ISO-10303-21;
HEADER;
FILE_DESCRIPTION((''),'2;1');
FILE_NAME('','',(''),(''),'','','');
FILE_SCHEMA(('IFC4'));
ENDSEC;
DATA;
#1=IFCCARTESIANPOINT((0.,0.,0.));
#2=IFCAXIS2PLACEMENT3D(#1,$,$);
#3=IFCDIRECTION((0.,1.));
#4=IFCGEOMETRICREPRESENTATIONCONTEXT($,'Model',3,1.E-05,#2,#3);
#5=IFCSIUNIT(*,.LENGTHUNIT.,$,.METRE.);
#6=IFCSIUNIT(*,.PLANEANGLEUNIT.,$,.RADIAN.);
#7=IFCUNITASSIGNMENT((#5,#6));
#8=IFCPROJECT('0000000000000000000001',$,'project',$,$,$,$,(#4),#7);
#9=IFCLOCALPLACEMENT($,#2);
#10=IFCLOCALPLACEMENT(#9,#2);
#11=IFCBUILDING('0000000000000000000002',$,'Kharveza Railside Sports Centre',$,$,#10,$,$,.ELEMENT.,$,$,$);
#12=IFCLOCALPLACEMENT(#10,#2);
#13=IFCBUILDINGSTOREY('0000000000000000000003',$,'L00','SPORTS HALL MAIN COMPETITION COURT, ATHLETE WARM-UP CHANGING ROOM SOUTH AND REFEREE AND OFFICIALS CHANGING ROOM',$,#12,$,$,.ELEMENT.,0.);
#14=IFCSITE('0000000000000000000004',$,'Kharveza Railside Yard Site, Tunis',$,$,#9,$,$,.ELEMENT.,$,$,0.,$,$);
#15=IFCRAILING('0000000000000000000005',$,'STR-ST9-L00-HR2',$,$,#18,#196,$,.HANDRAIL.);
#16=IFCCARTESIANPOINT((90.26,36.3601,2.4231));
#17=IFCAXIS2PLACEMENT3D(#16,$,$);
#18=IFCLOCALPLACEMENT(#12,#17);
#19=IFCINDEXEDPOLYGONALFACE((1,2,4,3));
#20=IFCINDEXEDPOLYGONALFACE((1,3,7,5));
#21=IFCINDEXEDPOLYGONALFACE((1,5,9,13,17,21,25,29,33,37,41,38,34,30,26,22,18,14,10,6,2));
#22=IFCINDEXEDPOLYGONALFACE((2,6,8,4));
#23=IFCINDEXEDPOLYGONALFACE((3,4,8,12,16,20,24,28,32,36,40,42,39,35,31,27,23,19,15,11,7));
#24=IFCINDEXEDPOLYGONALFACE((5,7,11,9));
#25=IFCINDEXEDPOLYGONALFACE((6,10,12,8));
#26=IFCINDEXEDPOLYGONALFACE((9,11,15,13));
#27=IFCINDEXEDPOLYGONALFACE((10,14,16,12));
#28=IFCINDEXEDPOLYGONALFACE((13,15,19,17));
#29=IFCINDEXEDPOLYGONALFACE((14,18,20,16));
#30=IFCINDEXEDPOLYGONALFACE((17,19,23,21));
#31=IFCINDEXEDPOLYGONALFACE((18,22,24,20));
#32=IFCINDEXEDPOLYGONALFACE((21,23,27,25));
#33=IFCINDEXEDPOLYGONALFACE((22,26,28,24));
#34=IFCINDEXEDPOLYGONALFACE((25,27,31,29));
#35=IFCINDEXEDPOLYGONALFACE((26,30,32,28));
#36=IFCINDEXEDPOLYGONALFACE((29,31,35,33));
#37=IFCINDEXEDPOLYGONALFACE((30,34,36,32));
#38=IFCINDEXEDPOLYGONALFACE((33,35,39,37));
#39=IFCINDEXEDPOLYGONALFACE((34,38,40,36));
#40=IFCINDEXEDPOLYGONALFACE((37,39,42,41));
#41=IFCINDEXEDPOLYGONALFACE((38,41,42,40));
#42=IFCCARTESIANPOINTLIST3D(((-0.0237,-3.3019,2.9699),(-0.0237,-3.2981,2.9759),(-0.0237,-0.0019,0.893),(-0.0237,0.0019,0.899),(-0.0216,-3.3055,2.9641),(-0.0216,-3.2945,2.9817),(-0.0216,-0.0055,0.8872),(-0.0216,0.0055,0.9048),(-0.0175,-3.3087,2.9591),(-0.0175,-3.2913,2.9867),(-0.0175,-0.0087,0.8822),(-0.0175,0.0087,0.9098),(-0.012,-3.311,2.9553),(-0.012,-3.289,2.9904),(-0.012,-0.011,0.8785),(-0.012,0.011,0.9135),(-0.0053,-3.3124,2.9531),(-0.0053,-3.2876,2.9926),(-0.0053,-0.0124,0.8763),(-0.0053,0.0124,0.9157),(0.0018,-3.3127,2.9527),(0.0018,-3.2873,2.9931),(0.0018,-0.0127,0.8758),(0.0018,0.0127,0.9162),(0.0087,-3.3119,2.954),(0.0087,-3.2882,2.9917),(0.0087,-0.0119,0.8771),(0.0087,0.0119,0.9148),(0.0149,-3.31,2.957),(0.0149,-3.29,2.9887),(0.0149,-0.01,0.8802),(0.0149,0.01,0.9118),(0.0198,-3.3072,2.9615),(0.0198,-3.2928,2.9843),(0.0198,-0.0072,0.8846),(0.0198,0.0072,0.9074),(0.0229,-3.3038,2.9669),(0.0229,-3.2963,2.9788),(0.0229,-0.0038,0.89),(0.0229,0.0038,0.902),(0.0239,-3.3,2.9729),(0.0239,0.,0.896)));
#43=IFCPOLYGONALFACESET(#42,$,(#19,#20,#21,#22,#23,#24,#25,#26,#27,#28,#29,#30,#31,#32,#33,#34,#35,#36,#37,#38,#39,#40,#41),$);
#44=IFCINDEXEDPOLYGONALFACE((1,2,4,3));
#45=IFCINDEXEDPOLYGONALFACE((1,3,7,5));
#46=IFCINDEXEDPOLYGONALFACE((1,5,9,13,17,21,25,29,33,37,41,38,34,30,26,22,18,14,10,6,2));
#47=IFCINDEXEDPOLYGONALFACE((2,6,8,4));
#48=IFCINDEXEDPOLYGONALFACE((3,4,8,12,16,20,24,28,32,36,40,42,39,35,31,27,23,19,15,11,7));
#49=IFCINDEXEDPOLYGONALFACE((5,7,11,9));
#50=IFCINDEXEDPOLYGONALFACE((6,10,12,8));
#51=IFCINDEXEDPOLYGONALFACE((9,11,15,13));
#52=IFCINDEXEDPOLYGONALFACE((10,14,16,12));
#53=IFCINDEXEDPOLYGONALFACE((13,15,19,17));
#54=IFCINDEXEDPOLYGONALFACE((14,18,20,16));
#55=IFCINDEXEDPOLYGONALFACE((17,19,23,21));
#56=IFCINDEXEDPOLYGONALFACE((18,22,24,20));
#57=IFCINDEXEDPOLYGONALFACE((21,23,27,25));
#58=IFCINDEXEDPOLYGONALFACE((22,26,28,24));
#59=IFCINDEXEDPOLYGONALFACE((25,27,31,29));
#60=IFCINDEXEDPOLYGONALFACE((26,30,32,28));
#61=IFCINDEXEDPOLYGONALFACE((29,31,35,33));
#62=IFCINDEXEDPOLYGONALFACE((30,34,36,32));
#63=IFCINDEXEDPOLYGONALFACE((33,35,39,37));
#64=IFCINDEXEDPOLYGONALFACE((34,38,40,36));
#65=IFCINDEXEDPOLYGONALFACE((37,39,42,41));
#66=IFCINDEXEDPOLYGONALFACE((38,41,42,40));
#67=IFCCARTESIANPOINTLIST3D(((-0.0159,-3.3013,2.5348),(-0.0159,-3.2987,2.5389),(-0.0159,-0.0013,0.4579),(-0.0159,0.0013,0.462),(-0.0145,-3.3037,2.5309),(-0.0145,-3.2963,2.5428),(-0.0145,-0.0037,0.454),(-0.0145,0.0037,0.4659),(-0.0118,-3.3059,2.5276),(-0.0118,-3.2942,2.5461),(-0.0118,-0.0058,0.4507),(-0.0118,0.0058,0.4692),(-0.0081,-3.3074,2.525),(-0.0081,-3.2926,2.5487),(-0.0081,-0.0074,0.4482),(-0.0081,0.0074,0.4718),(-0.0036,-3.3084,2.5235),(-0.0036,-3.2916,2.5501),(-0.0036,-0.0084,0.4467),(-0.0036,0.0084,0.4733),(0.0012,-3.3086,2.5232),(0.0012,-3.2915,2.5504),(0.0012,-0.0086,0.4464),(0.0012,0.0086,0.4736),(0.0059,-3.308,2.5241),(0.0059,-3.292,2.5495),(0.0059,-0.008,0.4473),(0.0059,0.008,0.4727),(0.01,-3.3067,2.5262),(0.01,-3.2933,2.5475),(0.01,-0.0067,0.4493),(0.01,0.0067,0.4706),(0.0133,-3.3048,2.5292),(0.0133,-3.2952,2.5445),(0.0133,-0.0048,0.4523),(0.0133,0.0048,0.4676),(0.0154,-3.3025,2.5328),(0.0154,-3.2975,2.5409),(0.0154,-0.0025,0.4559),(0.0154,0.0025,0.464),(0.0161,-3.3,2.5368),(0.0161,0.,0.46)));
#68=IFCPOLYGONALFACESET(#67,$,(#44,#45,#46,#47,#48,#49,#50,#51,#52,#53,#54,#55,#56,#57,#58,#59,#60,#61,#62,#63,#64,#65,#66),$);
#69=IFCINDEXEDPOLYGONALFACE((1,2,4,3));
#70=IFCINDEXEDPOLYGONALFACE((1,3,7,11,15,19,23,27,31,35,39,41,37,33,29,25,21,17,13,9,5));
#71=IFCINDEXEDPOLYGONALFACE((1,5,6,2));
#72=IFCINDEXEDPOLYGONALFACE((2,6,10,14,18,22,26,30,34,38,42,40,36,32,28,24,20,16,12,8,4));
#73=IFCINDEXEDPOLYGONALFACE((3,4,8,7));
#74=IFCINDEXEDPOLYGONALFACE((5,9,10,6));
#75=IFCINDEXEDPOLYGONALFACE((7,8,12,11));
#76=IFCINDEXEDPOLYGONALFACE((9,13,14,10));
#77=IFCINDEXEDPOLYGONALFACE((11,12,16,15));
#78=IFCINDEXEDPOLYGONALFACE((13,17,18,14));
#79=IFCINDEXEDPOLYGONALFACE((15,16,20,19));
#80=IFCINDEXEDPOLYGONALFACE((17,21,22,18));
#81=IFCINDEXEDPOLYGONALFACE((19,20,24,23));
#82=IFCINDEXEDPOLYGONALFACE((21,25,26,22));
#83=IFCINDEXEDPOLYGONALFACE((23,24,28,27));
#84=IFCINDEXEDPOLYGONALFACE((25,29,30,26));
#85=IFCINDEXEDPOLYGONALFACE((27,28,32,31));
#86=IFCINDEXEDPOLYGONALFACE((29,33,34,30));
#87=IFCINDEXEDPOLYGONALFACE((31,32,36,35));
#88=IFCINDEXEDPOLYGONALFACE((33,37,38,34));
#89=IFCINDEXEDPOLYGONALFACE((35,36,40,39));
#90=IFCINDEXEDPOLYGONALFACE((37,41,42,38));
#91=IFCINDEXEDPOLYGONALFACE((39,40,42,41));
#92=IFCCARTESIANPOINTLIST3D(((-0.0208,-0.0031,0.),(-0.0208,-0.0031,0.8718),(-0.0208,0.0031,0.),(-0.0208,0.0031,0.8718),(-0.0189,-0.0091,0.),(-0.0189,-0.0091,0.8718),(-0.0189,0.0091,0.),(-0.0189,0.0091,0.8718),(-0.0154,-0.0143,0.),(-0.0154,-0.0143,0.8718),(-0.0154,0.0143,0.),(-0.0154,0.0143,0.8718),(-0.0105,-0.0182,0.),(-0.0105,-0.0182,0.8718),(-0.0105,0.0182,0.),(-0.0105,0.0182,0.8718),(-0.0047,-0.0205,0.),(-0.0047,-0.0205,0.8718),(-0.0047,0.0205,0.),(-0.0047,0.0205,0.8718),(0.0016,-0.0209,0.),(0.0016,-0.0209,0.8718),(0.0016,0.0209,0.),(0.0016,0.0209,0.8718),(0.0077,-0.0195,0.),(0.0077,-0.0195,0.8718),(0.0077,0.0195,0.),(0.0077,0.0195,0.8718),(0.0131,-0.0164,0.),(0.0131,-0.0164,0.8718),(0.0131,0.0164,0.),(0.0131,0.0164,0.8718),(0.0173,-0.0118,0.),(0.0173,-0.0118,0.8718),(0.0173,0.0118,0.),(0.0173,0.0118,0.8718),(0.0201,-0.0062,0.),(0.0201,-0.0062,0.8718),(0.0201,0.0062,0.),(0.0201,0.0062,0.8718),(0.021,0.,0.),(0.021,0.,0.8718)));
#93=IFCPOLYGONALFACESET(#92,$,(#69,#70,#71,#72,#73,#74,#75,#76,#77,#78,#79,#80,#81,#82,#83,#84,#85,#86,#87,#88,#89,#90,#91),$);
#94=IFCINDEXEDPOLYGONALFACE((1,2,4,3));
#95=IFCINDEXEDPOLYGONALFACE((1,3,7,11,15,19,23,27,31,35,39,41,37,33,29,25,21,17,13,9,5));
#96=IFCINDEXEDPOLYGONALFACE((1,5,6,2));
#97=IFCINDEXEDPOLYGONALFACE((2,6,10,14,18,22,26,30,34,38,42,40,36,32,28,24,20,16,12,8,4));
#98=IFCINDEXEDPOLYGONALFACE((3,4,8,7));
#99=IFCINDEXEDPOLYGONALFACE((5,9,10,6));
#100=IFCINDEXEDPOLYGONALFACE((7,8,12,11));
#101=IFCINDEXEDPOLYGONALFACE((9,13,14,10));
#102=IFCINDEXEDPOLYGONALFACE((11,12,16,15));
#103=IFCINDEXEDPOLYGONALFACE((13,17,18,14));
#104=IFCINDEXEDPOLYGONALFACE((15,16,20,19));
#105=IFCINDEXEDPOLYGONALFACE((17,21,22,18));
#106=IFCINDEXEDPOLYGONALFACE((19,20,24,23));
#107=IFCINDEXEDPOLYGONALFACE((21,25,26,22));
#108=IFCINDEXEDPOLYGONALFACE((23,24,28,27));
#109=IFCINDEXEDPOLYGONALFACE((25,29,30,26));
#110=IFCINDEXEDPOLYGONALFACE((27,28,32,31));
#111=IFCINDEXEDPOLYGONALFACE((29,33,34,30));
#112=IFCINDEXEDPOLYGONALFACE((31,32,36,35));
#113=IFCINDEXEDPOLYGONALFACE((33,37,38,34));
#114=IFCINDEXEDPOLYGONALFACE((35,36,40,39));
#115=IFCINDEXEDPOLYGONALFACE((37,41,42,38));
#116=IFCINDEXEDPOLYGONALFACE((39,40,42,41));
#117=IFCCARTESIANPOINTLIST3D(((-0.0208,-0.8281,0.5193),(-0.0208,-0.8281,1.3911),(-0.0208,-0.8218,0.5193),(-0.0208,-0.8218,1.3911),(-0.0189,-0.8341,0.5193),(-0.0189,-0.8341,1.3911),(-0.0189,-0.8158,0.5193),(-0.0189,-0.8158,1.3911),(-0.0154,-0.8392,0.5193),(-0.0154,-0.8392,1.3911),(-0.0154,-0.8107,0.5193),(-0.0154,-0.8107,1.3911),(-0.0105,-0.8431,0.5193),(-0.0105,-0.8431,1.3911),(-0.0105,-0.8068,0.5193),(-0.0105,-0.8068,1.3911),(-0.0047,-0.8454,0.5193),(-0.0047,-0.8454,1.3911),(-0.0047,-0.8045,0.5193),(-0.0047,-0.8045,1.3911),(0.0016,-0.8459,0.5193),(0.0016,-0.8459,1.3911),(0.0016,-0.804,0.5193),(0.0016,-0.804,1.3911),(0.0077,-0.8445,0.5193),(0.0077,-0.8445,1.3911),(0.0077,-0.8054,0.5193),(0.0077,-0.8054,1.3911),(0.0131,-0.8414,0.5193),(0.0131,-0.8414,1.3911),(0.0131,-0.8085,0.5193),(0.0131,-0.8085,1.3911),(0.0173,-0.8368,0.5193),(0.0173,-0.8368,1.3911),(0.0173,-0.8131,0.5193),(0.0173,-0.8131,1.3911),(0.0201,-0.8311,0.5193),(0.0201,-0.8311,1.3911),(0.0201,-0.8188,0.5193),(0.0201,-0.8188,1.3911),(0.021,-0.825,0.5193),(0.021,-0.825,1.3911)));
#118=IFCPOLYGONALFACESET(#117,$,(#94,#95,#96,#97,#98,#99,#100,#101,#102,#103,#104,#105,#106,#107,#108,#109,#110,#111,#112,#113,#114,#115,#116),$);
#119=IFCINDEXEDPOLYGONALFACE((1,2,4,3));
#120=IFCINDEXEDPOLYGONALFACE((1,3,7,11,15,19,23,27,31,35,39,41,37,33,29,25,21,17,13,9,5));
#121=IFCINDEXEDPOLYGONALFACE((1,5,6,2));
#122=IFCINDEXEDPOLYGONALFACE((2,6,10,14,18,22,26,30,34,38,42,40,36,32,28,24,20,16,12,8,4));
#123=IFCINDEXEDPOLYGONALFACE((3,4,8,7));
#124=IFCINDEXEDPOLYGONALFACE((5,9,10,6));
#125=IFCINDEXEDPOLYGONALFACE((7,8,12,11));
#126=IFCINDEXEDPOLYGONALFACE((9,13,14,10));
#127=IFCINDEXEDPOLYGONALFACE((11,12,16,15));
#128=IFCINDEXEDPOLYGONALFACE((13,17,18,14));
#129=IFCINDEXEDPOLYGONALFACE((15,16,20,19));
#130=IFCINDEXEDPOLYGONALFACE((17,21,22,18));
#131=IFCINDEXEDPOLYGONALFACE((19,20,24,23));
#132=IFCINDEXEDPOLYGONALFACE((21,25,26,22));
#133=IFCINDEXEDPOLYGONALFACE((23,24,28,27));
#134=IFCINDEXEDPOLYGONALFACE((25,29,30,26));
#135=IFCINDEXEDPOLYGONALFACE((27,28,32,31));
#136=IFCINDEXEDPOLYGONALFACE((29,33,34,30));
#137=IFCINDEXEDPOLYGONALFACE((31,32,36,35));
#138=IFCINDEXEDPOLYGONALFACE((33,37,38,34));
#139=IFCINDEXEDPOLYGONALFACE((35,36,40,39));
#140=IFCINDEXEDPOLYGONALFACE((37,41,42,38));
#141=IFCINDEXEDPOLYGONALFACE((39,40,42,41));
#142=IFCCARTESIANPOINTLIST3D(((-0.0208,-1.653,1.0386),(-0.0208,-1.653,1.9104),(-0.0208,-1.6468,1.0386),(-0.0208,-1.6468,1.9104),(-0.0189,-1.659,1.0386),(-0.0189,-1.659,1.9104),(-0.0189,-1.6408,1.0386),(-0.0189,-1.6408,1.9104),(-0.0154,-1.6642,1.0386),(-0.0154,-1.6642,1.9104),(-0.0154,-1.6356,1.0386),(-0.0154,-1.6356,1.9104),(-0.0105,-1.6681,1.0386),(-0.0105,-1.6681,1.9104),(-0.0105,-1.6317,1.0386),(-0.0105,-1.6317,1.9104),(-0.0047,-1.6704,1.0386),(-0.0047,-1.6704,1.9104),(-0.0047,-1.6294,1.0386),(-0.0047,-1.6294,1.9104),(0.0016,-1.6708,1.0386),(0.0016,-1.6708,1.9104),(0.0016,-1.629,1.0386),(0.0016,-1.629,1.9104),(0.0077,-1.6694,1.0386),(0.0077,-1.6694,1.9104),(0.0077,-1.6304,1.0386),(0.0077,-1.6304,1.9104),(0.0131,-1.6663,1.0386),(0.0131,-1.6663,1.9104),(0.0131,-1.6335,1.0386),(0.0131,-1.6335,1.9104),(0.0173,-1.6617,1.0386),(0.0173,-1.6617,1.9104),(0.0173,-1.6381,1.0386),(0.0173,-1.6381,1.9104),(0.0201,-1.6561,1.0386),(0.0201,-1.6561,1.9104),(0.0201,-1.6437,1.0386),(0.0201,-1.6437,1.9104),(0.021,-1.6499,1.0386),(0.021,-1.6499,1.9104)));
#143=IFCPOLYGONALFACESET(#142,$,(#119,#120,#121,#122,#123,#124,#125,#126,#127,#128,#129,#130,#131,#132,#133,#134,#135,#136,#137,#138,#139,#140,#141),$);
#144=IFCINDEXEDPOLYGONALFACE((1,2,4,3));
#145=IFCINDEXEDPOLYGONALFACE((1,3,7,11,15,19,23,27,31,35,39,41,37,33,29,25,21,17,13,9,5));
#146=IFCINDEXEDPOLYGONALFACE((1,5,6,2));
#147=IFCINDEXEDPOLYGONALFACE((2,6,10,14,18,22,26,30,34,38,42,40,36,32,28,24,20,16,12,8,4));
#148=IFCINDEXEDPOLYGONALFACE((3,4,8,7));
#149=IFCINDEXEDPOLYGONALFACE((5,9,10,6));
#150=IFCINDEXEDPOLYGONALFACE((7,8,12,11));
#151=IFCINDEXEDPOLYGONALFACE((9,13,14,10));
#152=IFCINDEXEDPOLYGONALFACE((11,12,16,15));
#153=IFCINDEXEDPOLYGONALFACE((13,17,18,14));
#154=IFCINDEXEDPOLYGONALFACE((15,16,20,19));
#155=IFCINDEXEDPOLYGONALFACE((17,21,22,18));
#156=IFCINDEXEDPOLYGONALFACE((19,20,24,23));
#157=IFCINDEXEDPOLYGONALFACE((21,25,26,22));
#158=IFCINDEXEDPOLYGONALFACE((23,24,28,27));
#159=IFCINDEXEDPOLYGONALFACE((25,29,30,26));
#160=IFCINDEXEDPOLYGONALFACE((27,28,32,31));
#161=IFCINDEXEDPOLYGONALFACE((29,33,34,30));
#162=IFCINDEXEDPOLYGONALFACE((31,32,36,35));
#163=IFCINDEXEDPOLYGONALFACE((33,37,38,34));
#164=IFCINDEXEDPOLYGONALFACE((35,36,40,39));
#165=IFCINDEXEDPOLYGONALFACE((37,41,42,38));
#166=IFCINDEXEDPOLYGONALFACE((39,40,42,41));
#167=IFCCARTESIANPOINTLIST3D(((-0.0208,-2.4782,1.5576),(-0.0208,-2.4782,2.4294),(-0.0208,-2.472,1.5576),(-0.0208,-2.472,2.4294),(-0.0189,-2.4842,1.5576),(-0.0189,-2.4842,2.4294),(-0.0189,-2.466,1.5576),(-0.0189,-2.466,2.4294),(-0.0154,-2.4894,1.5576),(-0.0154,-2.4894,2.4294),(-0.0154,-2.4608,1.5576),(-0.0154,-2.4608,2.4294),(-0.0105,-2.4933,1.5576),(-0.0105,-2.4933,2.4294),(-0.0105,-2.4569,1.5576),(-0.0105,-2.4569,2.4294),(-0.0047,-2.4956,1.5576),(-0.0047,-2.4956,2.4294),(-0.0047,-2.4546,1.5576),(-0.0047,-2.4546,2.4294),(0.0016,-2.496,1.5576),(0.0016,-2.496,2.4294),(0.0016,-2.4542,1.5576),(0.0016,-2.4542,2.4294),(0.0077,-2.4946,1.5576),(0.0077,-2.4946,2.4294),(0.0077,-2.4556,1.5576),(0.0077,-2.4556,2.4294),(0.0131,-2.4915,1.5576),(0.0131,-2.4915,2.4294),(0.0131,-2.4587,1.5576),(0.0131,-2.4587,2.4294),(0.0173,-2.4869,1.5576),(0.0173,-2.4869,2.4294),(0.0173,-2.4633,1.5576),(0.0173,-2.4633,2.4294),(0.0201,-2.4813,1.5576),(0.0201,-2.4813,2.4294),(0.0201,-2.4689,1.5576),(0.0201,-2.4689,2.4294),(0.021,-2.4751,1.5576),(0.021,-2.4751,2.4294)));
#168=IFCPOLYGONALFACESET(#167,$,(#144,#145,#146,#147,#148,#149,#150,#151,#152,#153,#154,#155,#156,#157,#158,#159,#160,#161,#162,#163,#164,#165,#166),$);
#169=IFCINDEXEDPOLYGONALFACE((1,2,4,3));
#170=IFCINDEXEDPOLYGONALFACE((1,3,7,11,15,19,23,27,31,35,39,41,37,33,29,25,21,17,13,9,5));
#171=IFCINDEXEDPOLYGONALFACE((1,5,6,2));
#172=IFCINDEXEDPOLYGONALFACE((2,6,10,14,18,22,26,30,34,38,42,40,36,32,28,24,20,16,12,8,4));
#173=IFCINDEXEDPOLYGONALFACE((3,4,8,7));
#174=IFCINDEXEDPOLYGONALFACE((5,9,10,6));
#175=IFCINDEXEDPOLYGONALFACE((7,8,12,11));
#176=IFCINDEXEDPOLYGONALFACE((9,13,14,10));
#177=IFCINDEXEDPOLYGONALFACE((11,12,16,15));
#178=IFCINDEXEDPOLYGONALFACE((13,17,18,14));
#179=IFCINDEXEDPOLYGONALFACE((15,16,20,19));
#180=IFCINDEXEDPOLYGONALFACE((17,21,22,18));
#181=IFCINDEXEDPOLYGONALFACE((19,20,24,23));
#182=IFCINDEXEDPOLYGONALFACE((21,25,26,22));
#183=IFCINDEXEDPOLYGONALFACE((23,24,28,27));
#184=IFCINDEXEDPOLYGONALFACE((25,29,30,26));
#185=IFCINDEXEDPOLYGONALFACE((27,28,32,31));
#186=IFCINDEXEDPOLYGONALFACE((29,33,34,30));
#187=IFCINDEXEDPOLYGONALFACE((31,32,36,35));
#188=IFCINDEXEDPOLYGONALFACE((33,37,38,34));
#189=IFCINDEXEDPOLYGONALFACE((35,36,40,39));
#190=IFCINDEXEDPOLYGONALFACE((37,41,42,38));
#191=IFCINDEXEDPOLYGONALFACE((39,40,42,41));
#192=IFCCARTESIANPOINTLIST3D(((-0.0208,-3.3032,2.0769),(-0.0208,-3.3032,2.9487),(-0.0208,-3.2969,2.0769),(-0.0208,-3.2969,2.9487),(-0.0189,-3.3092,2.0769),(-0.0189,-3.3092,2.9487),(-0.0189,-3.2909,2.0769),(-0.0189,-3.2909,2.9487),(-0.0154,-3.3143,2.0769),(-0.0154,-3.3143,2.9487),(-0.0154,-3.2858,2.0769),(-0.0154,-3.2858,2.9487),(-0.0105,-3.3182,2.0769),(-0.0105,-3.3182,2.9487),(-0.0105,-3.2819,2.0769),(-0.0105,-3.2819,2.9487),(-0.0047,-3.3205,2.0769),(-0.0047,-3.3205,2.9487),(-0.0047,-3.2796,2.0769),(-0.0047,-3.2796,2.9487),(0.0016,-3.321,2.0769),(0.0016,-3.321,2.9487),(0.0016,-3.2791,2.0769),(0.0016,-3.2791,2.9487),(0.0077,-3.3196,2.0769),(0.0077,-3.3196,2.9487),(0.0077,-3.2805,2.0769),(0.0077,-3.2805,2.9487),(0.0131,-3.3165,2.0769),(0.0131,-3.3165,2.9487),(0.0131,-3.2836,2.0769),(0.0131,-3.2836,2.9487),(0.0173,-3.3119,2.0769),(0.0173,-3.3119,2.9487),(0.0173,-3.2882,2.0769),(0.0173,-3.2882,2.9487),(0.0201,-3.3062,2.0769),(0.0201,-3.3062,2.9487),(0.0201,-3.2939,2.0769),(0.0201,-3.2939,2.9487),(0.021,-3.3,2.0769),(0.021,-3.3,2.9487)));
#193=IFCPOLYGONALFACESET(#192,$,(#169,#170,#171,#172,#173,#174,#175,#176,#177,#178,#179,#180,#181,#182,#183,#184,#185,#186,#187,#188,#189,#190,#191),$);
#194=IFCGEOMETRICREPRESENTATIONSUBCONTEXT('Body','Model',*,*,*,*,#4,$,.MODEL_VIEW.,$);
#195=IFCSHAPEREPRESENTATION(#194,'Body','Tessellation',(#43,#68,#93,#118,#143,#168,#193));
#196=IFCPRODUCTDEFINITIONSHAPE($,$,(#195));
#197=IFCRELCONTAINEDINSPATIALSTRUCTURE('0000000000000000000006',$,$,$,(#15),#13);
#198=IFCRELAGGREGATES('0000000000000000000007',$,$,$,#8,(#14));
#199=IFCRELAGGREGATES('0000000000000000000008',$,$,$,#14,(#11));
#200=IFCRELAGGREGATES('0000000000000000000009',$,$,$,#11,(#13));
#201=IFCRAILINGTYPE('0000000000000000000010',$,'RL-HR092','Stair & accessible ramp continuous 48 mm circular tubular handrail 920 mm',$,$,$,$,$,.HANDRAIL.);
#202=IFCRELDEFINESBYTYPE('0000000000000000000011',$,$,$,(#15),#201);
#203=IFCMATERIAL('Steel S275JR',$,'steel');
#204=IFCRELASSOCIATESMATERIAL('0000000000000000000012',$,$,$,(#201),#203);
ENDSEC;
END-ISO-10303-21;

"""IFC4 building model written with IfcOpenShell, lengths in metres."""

from ifc_helpers import new_model, si_unit, direction, frame, origin, origin_2d, place, context, subcontext, project, spatial, circle, extrude, material, type_object, element, save


model = new_model("IFC4")

# Units and contexts
model_context = context("Model", 3, precision=1e-05, world=origin(), true_north=direction((0.0, 1.0)))
body_context = subcontext(model_context, "Body", "Model", "MODEL_VIEW")
ifc_project = project(units=[si_unit("LENGTHUNIT", "METRE"), si_unit("PLANEANGLEUNIT", "RADIAN")], contexts=[model_context])

# Site, building, storey
site_placement = place(None, origin())
site = spatial("IfcSite", under=ifc_project, at=site_placement, Name="Kharveza Railside Yard Site, Tunis", CompositionType="ELEMENT", RefElevation=0.0)
building_placement = place(site_placement, origin())
building = spatial("IfcBuilding", under=site, at=building_placement, Name="Kharveza Railside Sports Centre", CompositionType="ELEMENT")
storey_placement = place(building_placement, origin())
storey = spatial("IfcBuildingStorey", under=building, at=storey_placement, Name="L00", Description="SPORTS HALL MAIN COMPETITION COURT, ATHLETE WARM-UP CHANGING ROOM SOUTH AND REFEREE AND OFFICIALS CHANGING ROOM", CompositionType="ELEMENT", Elevation=0.0)

# Railing
ifc_material_1 = material(Name="Steel S275JR", Category="steel")
railing_type = type_object("IfcRailingType", Name="RL-HR092", Description="Stair & accessible ramp continuous 48 mm circular tubular handrail 920 mm", PredefinedType="HANDRAIL", material=ifc_material_1)
railing_placement = place(storey_placement, frame((90.26, 36.3601, 2.4231)))
element("IfcRailing", 1, at=railing_placement, inside=storey, type_object=railing_type, Name="STR-ST9-L00-HR2", PredefinedType="HANDRAIL", context=body_context, shape_type="SweptSolid", body=[
    extrude(circle(Radius=0.0239, at=origin_2d()), frame((0.0, 0.0, 0.896), z_axis=(0.0, -0.846337, 0.532647), x_axis=(1.0, 0.0, 0.0)), (0.0, 0.0, 1.0), 3.8992),
    extrude(circle(Radius=0.0161, at=origin_2d()), frame((0.0, 0.0, 0.46), z_axis=(0.0, -0.846337, 0.532647), x_axis=(1.0, 0.0, 0.0)), (0.0, 0.0, 1.0), 3.8992),
    extrude(circle(Radius=0.021, at=origin_2d()), origin(), (0.0, 0.0, 1.0), 0.8718),
    extrude(circle(Radius=0.021, at=origin_2d()), frame((0.0, -0.825, 0.5193)), (0.0, 0.0, 1.0), 0.8718),
    extrude(circle(Radius=0.021, at=origin_2d()), frame((0.0, -1.6499, 1.0386)), (0.0, 0.0, 1.0), 0.8718),
    extrude(circle(Radius=0.021, at=origin_2d()), frame((0.0, -2.4751, 1.5576)), (0.0, 0.0, 1.0), 0.8718),
    extrude(circle(Radius=0.021, at=origin_2d()), frame((0.0, -3.3, 2.0769)), (0.0, 0.0, 1.0), 0.8718),
])

save(model, "model.ifc")
